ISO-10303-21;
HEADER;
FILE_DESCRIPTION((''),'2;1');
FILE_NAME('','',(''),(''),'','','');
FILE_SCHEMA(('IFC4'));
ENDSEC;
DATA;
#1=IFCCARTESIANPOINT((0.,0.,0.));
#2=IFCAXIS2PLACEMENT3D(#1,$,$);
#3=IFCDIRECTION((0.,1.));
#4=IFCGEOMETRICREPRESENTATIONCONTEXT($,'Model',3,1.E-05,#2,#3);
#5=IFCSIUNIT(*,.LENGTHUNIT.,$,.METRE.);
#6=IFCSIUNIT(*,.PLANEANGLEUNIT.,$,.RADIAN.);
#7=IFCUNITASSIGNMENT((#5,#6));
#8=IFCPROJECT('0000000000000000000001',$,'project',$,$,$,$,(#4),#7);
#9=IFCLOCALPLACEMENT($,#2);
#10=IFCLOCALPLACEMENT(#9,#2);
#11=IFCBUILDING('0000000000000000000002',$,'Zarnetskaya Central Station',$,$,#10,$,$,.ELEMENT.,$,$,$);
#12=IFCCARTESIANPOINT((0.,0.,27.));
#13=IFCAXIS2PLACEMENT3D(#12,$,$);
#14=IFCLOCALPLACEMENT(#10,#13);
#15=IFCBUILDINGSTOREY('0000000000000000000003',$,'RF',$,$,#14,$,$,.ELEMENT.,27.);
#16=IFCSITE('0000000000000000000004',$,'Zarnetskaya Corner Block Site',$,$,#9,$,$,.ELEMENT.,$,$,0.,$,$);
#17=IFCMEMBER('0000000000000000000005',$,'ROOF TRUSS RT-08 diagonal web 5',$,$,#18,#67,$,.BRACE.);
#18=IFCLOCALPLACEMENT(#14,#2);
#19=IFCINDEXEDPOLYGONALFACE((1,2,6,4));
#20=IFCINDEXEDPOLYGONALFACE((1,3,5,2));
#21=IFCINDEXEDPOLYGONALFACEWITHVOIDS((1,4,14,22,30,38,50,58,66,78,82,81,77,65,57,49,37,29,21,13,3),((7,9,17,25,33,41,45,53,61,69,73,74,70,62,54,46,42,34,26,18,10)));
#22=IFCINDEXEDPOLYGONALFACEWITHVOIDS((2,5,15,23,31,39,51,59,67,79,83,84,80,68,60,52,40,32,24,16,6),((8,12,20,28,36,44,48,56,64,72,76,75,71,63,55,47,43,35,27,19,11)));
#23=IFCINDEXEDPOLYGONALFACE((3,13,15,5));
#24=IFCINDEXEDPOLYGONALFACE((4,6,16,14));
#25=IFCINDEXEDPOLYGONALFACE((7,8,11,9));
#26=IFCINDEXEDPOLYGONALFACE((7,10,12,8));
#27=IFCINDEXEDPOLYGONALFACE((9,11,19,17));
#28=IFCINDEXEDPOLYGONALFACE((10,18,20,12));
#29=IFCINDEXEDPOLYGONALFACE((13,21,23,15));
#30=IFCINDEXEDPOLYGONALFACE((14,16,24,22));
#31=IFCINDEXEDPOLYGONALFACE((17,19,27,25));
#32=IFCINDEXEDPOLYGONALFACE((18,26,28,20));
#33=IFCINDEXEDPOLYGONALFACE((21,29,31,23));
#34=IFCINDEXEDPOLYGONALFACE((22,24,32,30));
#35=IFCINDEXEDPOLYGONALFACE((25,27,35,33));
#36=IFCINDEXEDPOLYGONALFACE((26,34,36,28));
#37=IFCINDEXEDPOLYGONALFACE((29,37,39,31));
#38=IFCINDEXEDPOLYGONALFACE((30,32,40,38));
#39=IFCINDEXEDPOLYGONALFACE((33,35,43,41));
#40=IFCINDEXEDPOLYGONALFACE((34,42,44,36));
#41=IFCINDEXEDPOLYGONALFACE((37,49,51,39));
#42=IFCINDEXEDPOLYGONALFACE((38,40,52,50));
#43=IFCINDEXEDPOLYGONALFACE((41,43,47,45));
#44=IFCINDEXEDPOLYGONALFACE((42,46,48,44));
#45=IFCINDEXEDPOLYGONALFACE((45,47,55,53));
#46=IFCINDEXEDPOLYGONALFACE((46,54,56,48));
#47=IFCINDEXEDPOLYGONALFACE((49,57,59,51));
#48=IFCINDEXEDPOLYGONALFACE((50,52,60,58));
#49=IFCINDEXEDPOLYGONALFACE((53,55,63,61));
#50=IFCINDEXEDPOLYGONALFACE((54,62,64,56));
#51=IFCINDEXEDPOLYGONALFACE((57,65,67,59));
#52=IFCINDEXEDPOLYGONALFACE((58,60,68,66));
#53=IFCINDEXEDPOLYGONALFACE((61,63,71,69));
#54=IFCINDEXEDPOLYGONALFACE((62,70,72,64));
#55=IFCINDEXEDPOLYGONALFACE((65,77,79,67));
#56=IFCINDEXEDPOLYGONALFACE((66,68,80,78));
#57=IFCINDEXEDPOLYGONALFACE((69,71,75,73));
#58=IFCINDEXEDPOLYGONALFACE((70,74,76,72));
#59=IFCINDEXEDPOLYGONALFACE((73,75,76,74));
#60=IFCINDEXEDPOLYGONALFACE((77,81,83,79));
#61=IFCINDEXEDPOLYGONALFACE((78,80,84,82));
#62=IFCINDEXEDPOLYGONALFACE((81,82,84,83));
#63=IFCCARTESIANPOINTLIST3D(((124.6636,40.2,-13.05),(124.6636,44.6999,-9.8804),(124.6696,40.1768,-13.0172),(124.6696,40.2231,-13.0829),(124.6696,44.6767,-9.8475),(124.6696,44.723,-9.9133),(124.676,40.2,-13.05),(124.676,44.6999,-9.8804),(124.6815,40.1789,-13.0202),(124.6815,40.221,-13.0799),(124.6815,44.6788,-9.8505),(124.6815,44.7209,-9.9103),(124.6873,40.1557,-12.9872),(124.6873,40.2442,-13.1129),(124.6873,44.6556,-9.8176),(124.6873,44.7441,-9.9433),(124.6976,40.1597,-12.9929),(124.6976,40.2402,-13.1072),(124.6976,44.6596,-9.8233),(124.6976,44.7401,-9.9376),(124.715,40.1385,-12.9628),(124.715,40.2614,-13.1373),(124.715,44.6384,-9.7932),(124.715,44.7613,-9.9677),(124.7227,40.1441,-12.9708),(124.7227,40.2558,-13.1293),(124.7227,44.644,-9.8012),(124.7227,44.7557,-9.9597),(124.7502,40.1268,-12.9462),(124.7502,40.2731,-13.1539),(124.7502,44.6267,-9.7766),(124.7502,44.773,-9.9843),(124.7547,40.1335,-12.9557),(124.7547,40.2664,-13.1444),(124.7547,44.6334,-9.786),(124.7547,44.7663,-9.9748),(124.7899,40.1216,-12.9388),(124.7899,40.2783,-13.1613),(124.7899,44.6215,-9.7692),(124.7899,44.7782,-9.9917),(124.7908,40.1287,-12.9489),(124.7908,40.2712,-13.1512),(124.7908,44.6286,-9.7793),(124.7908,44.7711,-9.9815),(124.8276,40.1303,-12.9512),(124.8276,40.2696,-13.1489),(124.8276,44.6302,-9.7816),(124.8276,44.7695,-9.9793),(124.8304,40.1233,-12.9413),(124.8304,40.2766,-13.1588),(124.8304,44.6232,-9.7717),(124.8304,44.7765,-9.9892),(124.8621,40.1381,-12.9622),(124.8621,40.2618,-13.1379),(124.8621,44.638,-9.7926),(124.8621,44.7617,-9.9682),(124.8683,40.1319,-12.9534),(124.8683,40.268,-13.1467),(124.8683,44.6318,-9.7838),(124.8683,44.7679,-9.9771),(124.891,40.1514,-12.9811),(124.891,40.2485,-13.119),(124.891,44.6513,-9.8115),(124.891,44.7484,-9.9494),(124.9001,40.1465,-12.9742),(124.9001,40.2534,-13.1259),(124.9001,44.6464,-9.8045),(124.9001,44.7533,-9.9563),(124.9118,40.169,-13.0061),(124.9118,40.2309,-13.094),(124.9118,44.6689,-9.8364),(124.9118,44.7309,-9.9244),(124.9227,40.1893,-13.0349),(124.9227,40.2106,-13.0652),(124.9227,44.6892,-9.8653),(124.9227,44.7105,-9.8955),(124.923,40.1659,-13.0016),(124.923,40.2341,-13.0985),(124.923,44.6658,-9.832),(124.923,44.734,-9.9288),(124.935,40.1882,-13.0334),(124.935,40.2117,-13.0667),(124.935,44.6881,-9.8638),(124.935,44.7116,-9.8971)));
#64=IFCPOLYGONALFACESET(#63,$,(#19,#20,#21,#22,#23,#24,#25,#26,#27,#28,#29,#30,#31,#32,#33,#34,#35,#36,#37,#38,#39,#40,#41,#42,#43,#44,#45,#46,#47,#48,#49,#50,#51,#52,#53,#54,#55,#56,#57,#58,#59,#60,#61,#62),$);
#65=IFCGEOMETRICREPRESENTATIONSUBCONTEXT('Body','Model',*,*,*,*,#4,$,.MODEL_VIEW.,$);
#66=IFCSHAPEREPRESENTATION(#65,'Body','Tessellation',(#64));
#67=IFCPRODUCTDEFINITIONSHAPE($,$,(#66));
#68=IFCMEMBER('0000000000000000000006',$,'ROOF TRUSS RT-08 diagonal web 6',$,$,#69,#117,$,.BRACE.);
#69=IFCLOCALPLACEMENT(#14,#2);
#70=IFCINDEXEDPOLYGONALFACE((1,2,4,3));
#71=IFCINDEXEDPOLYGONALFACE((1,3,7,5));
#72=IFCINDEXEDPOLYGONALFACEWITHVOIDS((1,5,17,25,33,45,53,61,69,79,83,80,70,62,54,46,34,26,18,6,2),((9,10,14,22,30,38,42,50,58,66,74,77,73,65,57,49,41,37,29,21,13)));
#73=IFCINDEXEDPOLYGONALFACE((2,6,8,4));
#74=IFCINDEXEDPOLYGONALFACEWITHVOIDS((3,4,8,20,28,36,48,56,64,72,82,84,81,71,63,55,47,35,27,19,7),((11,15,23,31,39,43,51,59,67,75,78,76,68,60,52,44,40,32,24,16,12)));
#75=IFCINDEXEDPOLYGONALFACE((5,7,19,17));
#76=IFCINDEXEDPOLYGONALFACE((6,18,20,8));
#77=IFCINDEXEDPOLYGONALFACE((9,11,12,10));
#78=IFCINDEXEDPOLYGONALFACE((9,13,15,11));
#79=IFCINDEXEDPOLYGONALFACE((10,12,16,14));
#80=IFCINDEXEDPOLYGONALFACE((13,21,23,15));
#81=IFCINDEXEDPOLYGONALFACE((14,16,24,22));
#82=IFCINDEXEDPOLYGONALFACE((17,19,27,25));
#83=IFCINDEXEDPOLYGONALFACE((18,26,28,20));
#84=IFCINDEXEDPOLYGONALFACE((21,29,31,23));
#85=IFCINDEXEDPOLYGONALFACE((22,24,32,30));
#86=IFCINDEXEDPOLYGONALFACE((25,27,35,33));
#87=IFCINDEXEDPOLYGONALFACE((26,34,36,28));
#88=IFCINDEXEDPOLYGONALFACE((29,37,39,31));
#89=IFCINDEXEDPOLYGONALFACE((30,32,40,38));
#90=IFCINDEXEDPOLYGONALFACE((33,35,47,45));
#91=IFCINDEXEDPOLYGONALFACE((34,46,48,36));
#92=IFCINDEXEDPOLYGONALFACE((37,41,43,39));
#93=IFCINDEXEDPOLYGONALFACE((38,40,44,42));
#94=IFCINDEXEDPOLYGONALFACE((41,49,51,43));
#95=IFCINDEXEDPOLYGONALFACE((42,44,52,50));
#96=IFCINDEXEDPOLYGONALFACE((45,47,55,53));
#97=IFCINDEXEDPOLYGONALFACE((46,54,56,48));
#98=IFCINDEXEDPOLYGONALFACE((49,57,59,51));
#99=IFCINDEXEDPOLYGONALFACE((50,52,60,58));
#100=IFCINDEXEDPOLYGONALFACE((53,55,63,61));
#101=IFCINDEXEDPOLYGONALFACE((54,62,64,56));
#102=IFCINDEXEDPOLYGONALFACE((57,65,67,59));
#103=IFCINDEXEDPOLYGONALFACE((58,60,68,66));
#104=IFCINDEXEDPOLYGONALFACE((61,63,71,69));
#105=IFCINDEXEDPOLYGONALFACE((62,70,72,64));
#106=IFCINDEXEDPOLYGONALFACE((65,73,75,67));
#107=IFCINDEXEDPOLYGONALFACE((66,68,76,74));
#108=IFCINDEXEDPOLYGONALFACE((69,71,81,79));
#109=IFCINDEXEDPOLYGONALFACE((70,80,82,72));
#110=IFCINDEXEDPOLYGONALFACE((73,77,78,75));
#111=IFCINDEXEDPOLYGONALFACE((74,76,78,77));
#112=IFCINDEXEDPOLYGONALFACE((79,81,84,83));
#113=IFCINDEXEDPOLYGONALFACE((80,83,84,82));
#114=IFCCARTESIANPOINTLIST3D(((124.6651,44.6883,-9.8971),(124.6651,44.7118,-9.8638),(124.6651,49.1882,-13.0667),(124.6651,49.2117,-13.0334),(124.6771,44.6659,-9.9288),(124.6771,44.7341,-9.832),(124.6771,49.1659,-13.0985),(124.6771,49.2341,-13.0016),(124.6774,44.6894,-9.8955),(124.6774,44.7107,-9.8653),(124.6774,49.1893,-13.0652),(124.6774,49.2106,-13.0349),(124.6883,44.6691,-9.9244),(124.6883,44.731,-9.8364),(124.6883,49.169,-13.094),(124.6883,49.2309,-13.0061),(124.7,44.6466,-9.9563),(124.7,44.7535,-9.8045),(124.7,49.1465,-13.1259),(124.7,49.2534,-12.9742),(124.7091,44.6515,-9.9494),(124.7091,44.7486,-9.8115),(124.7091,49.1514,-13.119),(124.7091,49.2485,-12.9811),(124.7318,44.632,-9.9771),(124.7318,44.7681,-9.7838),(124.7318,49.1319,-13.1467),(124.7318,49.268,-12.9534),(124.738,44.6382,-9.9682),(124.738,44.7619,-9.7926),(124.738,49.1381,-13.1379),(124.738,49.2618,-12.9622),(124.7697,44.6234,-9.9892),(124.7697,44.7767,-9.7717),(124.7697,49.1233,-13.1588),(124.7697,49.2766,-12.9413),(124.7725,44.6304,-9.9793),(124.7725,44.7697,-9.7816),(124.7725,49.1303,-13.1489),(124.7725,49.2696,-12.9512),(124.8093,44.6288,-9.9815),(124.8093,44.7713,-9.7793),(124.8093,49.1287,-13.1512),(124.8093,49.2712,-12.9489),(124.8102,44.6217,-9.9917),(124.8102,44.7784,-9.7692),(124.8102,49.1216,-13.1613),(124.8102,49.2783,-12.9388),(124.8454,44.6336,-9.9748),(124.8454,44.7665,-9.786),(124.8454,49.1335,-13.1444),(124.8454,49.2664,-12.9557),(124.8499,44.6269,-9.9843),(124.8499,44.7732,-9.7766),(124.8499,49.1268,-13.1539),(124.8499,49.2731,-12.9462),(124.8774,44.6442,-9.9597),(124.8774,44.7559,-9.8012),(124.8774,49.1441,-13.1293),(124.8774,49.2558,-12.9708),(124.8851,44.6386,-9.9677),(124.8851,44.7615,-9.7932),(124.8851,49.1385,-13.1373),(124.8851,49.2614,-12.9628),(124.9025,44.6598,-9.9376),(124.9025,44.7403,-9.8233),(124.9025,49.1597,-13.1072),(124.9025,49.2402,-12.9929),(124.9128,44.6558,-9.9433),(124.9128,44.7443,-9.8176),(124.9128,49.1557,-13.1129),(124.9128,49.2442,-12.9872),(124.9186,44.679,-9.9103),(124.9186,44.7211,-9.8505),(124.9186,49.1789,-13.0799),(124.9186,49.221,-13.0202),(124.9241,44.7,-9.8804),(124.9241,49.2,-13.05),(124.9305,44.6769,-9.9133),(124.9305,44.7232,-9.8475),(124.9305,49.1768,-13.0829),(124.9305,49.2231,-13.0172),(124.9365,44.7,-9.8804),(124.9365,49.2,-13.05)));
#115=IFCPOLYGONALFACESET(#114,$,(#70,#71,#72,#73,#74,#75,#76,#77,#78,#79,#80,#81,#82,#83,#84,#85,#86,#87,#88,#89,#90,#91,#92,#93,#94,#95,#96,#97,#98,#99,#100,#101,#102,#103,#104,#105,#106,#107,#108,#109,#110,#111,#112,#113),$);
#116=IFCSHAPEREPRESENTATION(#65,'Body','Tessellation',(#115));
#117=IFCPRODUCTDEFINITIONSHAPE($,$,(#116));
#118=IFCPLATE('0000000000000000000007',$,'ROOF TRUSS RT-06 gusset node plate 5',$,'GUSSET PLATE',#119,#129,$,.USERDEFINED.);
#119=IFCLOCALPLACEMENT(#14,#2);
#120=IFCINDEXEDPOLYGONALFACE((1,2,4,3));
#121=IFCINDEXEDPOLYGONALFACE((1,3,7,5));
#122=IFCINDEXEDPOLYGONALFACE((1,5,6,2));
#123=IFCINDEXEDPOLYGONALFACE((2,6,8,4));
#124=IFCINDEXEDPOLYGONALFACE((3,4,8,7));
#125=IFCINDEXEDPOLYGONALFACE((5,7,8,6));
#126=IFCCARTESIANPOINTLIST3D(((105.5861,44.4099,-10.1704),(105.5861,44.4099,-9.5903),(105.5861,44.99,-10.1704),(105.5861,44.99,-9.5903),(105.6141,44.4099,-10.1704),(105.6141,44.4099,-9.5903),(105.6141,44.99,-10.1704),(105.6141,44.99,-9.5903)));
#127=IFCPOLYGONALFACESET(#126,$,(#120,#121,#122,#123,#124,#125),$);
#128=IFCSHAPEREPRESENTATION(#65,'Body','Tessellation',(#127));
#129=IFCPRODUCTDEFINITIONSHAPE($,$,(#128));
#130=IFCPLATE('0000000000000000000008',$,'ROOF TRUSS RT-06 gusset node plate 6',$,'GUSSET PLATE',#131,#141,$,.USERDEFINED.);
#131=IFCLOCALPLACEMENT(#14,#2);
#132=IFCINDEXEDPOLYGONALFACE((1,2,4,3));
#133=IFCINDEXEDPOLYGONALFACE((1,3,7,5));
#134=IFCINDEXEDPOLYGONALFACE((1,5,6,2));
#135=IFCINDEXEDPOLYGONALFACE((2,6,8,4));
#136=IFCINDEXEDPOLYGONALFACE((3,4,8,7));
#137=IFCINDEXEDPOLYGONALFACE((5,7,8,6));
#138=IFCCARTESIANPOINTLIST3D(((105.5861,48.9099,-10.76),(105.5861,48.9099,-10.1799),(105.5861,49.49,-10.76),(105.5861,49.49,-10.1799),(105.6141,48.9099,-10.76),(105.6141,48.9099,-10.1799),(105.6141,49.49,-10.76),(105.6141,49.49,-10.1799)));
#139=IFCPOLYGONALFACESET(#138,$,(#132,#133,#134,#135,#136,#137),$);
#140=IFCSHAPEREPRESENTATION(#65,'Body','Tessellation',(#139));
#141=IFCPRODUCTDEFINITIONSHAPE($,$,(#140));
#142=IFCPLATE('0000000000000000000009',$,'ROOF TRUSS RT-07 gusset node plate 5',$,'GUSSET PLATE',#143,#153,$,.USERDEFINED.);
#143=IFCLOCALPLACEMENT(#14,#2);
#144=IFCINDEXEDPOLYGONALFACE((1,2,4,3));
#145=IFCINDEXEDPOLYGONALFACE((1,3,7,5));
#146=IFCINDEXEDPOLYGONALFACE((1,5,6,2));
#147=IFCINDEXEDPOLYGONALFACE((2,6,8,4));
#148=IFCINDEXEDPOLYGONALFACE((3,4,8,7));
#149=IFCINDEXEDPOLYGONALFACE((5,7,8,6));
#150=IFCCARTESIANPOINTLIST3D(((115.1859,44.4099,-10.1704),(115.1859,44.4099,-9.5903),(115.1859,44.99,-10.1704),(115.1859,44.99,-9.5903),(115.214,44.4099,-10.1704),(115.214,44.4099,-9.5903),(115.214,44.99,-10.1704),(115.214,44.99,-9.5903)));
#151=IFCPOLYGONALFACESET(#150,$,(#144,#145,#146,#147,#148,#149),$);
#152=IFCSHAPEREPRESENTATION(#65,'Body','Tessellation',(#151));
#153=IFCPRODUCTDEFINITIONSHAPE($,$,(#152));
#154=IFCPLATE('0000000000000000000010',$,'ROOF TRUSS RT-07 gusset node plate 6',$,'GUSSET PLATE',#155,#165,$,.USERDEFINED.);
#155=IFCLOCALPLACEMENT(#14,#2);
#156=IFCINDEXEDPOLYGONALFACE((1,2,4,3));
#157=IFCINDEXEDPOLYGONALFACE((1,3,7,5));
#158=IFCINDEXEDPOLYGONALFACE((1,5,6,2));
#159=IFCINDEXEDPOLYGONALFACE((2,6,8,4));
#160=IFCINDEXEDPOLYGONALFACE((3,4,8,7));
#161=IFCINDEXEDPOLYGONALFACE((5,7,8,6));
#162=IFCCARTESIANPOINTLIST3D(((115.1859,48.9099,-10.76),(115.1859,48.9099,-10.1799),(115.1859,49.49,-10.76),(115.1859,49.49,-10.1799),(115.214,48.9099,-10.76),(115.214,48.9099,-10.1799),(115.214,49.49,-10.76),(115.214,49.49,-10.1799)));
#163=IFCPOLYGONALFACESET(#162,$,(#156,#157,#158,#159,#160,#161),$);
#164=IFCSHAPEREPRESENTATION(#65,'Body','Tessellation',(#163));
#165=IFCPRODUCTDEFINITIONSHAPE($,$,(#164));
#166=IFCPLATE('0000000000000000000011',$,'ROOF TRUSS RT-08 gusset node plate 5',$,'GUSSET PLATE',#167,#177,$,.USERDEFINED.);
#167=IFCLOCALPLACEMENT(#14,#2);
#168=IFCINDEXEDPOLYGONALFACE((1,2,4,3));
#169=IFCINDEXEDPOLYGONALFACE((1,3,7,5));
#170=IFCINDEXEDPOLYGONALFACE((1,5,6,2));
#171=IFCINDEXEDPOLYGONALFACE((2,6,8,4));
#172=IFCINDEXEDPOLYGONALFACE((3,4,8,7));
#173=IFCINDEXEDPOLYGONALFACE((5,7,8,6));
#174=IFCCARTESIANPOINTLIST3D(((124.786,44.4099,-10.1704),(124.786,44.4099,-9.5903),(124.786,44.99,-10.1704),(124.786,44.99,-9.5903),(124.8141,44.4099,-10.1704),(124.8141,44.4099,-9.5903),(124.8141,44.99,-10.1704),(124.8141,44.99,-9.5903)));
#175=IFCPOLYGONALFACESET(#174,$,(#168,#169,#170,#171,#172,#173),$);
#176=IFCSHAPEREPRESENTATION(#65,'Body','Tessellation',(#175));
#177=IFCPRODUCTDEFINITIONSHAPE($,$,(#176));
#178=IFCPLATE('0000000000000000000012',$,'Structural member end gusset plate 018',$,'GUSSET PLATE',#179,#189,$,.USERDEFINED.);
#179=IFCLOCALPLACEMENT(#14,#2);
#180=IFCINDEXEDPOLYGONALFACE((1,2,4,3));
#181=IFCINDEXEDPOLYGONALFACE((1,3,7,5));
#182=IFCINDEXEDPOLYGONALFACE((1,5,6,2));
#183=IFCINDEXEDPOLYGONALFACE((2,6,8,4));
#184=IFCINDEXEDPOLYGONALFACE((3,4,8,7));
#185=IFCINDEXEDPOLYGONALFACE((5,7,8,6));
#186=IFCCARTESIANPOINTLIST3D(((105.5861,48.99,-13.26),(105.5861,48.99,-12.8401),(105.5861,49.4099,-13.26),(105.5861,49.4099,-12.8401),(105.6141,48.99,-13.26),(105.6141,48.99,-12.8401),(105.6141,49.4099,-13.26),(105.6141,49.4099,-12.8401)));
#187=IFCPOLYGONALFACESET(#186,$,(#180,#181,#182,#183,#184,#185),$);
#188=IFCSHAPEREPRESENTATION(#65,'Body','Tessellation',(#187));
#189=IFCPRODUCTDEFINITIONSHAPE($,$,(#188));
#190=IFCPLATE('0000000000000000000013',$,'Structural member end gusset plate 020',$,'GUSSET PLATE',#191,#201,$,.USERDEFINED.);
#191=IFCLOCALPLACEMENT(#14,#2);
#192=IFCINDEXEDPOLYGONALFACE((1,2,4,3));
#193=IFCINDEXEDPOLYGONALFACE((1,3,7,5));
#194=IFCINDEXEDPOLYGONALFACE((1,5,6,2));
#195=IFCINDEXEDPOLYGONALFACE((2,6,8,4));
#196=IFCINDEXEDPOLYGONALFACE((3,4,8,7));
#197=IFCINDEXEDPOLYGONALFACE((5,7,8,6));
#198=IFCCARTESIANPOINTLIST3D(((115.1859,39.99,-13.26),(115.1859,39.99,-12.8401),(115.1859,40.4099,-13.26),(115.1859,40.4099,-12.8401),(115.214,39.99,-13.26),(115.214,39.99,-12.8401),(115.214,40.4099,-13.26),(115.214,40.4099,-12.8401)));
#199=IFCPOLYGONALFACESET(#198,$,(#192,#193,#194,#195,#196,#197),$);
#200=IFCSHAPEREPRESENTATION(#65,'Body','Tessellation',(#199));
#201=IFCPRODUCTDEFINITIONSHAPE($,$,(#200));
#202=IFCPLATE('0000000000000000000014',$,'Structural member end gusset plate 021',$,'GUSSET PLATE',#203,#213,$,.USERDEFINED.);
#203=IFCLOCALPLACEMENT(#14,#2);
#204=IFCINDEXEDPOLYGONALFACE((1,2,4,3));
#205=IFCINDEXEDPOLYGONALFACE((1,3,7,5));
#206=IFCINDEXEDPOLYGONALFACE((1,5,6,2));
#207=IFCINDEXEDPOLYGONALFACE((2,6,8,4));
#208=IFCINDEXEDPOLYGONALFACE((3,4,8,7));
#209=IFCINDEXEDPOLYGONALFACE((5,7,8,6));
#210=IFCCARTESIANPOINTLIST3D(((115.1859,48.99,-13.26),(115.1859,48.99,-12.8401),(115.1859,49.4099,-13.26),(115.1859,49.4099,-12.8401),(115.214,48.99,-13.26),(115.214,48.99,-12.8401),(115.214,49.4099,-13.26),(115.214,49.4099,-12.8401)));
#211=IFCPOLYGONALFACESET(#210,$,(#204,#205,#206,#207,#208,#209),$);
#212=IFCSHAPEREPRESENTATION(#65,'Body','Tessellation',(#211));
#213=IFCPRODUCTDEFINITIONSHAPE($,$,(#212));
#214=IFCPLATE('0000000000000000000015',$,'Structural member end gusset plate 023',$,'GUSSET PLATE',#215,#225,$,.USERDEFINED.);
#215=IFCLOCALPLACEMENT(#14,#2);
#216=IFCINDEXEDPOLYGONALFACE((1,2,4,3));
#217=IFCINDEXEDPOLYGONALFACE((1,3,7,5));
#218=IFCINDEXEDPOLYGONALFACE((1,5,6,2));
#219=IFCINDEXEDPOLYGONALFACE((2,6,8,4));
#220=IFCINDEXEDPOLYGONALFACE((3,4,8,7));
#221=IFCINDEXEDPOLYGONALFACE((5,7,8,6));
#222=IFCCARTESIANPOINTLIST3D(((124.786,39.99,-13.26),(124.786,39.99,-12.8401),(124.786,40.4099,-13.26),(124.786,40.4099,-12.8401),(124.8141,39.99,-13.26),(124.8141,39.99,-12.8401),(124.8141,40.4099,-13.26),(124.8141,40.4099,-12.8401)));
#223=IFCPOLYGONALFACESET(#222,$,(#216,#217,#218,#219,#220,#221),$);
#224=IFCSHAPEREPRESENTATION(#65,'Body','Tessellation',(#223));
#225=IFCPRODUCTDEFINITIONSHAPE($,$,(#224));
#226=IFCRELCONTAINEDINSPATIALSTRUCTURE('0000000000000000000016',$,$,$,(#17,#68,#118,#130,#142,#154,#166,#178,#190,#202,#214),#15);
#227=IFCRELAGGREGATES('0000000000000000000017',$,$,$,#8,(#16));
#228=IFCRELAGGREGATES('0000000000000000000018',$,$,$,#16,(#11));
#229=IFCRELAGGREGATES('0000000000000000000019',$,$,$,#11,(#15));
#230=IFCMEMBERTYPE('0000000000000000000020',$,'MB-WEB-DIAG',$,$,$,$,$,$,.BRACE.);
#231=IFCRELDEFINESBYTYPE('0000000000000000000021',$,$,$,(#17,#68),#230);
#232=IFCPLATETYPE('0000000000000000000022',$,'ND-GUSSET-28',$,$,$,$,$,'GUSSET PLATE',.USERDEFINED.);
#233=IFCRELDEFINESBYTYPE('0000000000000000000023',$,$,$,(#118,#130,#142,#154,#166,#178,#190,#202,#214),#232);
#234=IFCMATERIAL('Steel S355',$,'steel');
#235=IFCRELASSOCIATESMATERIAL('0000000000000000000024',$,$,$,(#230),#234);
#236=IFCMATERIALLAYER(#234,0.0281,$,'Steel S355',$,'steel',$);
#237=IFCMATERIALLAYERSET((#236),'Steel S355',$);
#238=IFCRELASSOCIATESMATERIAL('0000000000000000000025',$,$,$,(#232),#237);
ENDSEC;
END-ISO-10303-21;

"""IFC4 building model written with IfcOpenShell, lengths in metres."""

from ifc_helpers import new_model, si_unit, direction, frame, origin, origin_2d, place, context, subcontext, project, spatial, rectangle, hollow_circle, extrude, material, layer, layer_set, material_profile, profile_set, type_object, element, save


model = new_model("IFC4")

# Units and contexts
model_context = context("Model", 3, precision=1e-05, world=origin(), true_north=direction((0.0, 1.0)))
body_context = subcontext(model_context, "Body", "Model", "MODEL_VIEW")
ifc_project = project(units=[si_unit("LENGTHUNIT", "METRE"), si_unit("PLANEANGLEUNIT", "RADIAN")], contexts=[model_context])

# Site, building, storey
site_placement = place(None, origin())
site = spatial("IfcSite", under=ifc_project, at=site_placement, Name="Zarnetskaya Corner Block Site", CompositionType="ELEMENT", RefElevation=0.0)
building_placement = place(site_placement, origin())
building = spatial("IfcBuilding", under=site, at=building_placement, Name="Zarnetskaya Central Station", CompositionType="ELEMENT")
storey_placement = place(building_placement, frame((0.0, 0.0, 27.0)))
storey = spatial("IfcBuildingStorey", under=building, at=storey_placement, Name="RF", CompositionType="ELEMENT", Elevation=27.0)

# Members
ifc_material = material(Name="Steel S355", Category="steel")
ifc_material_profile_1 = material_profile(ifc_material, hollow_circle(Radius=0.1365, WallThickness=0.0125, at=origin_2d()), Name="CHS 273x12.5")
ifc_profile_set_1 = profile_set([ifc_material_profile_1], Name="Steel S355")
member_type_1 = type_object("IfcMemberType", Name="MB-WEB-DIAG", PredefinedType="BRACE", material=ifc_profile_set_1)
for number, where, z_axis, x_axis, name in (
    (1, (124.8, 40.2, -13.05), (0.0, 0.817549, 0.575859), (-1.0, 0.0, 0.0), "ROOF TRUSS RT-08 diagonal web 5"),
    (2, (124.8, 49.2, -13.05), (0.0, -0.817549, 0.575859), (1.0, 0.0, 0.0), "ROOF TRUSS RT-08 diagonal web 6"),
):
    element("IfcMember", number, at=place(storey_placement, frame(where, z_axis=z_axis, x_axis=x_axis)), inside=storey, type_object=member_type_1, Name=name, PredefinedType="BRACE", context=body_context, shape_type="SweptSolid", body=[
        extrude(hollow_circle(Radius=0.1365, WallThickness=0.0125, at=origin_2d()), origin(), (0.0, 0.0, 1.0), 5.5042),
    ])

# Plates
ifc_layer_1 = layer(ifc_material, 0.0281, Name="Steel S355", Category="steel")
ifc_layer_set_1 = layer_set([ifc_layer_1], Name="Steel S355")
plate_type_1 = type_object("IfcPlateType", Name="ND-GUSSET-28", ElementType="GUSSET PLATE", PredefinedType="USERDEFINED", material=ifc_layer_set_1)
for number, where, z_axis, x_axis, name in (
    (3, (105.6001, 44.7, -10.1704), (0.0, 0.0, 1.0), (1.0, 0.0, 0.0), "ROOF TRUSS RT-06 gusset node plate 5"),
    (4, (105.6001, 49.2, -10.76), (0.0, 0.0, 1.0), (1.0, 0.0, 0.0), "ROOF TRUSS RT-06 gusset node plate 6"),
    (5, (115.2, 44.7, -10.1704), (0.0, 0.0, 1.0), (1.0, 0.0, 0.0), "ROOF TRUSS RT-07 gusset node plate 5"),
    (6, (115.2, 49.2, -10.76), (0.0, 0.0, 1.0), (1.0, 0.0, 0.0), "ROOF TRUSS RT-07 gusset node plate 6"),
    (7, (124.8, 44.7, -10.1704), (0.0, 0.0, 1.0), (1.0, 0.0, 0.0), "ROOF TRUSS RT-08 gusset node plate 5"),
):
    element("IfcPlate", number, at=place(storey_placement, frame(where, z_axis=z_axis, x_axis=x_axis)), inside=storey, type_object=plate_type_1, Name=name, ObjectType="GUSSET PLATE", PredefinedType="USERDEFINED", context=body_context, shape_type="SweptSolid", body=[
        extrude(rectangle(XDim=0.0281, YDim=0.5801, at=origin_2d()), origin(), (0.0, 0.0, 1.0), 0.5801),
    ])
for number, where, z_axis, x_axis, name in (
    (8, (105.6001, 49.2, -13.26), (0.0, 0.0, 1.0), (1.0, 0.0, 0.0), "Structural member end gusset plate 018"),
    (9, (115.2, 40.2, -13.26), (0.0, 0.0, 1.0), (1.0, 0.0, 0.0), "Structural member end gusset plate 020"),
    (10, (115.2, 49.2, -13.26), (0.0, 0.0, 1.0), (1.0, 0.0, 0.0), "Structural member end gusset plate 021"),
    (11, (124.8, 40.2, -13.26), (0.0, 0.0, 1.0), (1.0, 0.0, 0.0), "Structural member end gusset plate 023"),
):
    element("IfcPlate", number, at=place(storey_placement, frame(where, z_axis=z_axis, x_axis=x_axis)), inside=storey, type_object=plate_type_1, Name=name, ObjectType="GUSSET PLATE", PredefinedType="USERDEFINED", context=body_context, shape_type="SweptSolid", body=[
        extrude(rectangle(XDim=0.0281, YDim=0.4199, at=origin_2d()), origin(), (0.0, 0.0, 1.0), 0.4199),
    ])

save(model, "model.ifc")
